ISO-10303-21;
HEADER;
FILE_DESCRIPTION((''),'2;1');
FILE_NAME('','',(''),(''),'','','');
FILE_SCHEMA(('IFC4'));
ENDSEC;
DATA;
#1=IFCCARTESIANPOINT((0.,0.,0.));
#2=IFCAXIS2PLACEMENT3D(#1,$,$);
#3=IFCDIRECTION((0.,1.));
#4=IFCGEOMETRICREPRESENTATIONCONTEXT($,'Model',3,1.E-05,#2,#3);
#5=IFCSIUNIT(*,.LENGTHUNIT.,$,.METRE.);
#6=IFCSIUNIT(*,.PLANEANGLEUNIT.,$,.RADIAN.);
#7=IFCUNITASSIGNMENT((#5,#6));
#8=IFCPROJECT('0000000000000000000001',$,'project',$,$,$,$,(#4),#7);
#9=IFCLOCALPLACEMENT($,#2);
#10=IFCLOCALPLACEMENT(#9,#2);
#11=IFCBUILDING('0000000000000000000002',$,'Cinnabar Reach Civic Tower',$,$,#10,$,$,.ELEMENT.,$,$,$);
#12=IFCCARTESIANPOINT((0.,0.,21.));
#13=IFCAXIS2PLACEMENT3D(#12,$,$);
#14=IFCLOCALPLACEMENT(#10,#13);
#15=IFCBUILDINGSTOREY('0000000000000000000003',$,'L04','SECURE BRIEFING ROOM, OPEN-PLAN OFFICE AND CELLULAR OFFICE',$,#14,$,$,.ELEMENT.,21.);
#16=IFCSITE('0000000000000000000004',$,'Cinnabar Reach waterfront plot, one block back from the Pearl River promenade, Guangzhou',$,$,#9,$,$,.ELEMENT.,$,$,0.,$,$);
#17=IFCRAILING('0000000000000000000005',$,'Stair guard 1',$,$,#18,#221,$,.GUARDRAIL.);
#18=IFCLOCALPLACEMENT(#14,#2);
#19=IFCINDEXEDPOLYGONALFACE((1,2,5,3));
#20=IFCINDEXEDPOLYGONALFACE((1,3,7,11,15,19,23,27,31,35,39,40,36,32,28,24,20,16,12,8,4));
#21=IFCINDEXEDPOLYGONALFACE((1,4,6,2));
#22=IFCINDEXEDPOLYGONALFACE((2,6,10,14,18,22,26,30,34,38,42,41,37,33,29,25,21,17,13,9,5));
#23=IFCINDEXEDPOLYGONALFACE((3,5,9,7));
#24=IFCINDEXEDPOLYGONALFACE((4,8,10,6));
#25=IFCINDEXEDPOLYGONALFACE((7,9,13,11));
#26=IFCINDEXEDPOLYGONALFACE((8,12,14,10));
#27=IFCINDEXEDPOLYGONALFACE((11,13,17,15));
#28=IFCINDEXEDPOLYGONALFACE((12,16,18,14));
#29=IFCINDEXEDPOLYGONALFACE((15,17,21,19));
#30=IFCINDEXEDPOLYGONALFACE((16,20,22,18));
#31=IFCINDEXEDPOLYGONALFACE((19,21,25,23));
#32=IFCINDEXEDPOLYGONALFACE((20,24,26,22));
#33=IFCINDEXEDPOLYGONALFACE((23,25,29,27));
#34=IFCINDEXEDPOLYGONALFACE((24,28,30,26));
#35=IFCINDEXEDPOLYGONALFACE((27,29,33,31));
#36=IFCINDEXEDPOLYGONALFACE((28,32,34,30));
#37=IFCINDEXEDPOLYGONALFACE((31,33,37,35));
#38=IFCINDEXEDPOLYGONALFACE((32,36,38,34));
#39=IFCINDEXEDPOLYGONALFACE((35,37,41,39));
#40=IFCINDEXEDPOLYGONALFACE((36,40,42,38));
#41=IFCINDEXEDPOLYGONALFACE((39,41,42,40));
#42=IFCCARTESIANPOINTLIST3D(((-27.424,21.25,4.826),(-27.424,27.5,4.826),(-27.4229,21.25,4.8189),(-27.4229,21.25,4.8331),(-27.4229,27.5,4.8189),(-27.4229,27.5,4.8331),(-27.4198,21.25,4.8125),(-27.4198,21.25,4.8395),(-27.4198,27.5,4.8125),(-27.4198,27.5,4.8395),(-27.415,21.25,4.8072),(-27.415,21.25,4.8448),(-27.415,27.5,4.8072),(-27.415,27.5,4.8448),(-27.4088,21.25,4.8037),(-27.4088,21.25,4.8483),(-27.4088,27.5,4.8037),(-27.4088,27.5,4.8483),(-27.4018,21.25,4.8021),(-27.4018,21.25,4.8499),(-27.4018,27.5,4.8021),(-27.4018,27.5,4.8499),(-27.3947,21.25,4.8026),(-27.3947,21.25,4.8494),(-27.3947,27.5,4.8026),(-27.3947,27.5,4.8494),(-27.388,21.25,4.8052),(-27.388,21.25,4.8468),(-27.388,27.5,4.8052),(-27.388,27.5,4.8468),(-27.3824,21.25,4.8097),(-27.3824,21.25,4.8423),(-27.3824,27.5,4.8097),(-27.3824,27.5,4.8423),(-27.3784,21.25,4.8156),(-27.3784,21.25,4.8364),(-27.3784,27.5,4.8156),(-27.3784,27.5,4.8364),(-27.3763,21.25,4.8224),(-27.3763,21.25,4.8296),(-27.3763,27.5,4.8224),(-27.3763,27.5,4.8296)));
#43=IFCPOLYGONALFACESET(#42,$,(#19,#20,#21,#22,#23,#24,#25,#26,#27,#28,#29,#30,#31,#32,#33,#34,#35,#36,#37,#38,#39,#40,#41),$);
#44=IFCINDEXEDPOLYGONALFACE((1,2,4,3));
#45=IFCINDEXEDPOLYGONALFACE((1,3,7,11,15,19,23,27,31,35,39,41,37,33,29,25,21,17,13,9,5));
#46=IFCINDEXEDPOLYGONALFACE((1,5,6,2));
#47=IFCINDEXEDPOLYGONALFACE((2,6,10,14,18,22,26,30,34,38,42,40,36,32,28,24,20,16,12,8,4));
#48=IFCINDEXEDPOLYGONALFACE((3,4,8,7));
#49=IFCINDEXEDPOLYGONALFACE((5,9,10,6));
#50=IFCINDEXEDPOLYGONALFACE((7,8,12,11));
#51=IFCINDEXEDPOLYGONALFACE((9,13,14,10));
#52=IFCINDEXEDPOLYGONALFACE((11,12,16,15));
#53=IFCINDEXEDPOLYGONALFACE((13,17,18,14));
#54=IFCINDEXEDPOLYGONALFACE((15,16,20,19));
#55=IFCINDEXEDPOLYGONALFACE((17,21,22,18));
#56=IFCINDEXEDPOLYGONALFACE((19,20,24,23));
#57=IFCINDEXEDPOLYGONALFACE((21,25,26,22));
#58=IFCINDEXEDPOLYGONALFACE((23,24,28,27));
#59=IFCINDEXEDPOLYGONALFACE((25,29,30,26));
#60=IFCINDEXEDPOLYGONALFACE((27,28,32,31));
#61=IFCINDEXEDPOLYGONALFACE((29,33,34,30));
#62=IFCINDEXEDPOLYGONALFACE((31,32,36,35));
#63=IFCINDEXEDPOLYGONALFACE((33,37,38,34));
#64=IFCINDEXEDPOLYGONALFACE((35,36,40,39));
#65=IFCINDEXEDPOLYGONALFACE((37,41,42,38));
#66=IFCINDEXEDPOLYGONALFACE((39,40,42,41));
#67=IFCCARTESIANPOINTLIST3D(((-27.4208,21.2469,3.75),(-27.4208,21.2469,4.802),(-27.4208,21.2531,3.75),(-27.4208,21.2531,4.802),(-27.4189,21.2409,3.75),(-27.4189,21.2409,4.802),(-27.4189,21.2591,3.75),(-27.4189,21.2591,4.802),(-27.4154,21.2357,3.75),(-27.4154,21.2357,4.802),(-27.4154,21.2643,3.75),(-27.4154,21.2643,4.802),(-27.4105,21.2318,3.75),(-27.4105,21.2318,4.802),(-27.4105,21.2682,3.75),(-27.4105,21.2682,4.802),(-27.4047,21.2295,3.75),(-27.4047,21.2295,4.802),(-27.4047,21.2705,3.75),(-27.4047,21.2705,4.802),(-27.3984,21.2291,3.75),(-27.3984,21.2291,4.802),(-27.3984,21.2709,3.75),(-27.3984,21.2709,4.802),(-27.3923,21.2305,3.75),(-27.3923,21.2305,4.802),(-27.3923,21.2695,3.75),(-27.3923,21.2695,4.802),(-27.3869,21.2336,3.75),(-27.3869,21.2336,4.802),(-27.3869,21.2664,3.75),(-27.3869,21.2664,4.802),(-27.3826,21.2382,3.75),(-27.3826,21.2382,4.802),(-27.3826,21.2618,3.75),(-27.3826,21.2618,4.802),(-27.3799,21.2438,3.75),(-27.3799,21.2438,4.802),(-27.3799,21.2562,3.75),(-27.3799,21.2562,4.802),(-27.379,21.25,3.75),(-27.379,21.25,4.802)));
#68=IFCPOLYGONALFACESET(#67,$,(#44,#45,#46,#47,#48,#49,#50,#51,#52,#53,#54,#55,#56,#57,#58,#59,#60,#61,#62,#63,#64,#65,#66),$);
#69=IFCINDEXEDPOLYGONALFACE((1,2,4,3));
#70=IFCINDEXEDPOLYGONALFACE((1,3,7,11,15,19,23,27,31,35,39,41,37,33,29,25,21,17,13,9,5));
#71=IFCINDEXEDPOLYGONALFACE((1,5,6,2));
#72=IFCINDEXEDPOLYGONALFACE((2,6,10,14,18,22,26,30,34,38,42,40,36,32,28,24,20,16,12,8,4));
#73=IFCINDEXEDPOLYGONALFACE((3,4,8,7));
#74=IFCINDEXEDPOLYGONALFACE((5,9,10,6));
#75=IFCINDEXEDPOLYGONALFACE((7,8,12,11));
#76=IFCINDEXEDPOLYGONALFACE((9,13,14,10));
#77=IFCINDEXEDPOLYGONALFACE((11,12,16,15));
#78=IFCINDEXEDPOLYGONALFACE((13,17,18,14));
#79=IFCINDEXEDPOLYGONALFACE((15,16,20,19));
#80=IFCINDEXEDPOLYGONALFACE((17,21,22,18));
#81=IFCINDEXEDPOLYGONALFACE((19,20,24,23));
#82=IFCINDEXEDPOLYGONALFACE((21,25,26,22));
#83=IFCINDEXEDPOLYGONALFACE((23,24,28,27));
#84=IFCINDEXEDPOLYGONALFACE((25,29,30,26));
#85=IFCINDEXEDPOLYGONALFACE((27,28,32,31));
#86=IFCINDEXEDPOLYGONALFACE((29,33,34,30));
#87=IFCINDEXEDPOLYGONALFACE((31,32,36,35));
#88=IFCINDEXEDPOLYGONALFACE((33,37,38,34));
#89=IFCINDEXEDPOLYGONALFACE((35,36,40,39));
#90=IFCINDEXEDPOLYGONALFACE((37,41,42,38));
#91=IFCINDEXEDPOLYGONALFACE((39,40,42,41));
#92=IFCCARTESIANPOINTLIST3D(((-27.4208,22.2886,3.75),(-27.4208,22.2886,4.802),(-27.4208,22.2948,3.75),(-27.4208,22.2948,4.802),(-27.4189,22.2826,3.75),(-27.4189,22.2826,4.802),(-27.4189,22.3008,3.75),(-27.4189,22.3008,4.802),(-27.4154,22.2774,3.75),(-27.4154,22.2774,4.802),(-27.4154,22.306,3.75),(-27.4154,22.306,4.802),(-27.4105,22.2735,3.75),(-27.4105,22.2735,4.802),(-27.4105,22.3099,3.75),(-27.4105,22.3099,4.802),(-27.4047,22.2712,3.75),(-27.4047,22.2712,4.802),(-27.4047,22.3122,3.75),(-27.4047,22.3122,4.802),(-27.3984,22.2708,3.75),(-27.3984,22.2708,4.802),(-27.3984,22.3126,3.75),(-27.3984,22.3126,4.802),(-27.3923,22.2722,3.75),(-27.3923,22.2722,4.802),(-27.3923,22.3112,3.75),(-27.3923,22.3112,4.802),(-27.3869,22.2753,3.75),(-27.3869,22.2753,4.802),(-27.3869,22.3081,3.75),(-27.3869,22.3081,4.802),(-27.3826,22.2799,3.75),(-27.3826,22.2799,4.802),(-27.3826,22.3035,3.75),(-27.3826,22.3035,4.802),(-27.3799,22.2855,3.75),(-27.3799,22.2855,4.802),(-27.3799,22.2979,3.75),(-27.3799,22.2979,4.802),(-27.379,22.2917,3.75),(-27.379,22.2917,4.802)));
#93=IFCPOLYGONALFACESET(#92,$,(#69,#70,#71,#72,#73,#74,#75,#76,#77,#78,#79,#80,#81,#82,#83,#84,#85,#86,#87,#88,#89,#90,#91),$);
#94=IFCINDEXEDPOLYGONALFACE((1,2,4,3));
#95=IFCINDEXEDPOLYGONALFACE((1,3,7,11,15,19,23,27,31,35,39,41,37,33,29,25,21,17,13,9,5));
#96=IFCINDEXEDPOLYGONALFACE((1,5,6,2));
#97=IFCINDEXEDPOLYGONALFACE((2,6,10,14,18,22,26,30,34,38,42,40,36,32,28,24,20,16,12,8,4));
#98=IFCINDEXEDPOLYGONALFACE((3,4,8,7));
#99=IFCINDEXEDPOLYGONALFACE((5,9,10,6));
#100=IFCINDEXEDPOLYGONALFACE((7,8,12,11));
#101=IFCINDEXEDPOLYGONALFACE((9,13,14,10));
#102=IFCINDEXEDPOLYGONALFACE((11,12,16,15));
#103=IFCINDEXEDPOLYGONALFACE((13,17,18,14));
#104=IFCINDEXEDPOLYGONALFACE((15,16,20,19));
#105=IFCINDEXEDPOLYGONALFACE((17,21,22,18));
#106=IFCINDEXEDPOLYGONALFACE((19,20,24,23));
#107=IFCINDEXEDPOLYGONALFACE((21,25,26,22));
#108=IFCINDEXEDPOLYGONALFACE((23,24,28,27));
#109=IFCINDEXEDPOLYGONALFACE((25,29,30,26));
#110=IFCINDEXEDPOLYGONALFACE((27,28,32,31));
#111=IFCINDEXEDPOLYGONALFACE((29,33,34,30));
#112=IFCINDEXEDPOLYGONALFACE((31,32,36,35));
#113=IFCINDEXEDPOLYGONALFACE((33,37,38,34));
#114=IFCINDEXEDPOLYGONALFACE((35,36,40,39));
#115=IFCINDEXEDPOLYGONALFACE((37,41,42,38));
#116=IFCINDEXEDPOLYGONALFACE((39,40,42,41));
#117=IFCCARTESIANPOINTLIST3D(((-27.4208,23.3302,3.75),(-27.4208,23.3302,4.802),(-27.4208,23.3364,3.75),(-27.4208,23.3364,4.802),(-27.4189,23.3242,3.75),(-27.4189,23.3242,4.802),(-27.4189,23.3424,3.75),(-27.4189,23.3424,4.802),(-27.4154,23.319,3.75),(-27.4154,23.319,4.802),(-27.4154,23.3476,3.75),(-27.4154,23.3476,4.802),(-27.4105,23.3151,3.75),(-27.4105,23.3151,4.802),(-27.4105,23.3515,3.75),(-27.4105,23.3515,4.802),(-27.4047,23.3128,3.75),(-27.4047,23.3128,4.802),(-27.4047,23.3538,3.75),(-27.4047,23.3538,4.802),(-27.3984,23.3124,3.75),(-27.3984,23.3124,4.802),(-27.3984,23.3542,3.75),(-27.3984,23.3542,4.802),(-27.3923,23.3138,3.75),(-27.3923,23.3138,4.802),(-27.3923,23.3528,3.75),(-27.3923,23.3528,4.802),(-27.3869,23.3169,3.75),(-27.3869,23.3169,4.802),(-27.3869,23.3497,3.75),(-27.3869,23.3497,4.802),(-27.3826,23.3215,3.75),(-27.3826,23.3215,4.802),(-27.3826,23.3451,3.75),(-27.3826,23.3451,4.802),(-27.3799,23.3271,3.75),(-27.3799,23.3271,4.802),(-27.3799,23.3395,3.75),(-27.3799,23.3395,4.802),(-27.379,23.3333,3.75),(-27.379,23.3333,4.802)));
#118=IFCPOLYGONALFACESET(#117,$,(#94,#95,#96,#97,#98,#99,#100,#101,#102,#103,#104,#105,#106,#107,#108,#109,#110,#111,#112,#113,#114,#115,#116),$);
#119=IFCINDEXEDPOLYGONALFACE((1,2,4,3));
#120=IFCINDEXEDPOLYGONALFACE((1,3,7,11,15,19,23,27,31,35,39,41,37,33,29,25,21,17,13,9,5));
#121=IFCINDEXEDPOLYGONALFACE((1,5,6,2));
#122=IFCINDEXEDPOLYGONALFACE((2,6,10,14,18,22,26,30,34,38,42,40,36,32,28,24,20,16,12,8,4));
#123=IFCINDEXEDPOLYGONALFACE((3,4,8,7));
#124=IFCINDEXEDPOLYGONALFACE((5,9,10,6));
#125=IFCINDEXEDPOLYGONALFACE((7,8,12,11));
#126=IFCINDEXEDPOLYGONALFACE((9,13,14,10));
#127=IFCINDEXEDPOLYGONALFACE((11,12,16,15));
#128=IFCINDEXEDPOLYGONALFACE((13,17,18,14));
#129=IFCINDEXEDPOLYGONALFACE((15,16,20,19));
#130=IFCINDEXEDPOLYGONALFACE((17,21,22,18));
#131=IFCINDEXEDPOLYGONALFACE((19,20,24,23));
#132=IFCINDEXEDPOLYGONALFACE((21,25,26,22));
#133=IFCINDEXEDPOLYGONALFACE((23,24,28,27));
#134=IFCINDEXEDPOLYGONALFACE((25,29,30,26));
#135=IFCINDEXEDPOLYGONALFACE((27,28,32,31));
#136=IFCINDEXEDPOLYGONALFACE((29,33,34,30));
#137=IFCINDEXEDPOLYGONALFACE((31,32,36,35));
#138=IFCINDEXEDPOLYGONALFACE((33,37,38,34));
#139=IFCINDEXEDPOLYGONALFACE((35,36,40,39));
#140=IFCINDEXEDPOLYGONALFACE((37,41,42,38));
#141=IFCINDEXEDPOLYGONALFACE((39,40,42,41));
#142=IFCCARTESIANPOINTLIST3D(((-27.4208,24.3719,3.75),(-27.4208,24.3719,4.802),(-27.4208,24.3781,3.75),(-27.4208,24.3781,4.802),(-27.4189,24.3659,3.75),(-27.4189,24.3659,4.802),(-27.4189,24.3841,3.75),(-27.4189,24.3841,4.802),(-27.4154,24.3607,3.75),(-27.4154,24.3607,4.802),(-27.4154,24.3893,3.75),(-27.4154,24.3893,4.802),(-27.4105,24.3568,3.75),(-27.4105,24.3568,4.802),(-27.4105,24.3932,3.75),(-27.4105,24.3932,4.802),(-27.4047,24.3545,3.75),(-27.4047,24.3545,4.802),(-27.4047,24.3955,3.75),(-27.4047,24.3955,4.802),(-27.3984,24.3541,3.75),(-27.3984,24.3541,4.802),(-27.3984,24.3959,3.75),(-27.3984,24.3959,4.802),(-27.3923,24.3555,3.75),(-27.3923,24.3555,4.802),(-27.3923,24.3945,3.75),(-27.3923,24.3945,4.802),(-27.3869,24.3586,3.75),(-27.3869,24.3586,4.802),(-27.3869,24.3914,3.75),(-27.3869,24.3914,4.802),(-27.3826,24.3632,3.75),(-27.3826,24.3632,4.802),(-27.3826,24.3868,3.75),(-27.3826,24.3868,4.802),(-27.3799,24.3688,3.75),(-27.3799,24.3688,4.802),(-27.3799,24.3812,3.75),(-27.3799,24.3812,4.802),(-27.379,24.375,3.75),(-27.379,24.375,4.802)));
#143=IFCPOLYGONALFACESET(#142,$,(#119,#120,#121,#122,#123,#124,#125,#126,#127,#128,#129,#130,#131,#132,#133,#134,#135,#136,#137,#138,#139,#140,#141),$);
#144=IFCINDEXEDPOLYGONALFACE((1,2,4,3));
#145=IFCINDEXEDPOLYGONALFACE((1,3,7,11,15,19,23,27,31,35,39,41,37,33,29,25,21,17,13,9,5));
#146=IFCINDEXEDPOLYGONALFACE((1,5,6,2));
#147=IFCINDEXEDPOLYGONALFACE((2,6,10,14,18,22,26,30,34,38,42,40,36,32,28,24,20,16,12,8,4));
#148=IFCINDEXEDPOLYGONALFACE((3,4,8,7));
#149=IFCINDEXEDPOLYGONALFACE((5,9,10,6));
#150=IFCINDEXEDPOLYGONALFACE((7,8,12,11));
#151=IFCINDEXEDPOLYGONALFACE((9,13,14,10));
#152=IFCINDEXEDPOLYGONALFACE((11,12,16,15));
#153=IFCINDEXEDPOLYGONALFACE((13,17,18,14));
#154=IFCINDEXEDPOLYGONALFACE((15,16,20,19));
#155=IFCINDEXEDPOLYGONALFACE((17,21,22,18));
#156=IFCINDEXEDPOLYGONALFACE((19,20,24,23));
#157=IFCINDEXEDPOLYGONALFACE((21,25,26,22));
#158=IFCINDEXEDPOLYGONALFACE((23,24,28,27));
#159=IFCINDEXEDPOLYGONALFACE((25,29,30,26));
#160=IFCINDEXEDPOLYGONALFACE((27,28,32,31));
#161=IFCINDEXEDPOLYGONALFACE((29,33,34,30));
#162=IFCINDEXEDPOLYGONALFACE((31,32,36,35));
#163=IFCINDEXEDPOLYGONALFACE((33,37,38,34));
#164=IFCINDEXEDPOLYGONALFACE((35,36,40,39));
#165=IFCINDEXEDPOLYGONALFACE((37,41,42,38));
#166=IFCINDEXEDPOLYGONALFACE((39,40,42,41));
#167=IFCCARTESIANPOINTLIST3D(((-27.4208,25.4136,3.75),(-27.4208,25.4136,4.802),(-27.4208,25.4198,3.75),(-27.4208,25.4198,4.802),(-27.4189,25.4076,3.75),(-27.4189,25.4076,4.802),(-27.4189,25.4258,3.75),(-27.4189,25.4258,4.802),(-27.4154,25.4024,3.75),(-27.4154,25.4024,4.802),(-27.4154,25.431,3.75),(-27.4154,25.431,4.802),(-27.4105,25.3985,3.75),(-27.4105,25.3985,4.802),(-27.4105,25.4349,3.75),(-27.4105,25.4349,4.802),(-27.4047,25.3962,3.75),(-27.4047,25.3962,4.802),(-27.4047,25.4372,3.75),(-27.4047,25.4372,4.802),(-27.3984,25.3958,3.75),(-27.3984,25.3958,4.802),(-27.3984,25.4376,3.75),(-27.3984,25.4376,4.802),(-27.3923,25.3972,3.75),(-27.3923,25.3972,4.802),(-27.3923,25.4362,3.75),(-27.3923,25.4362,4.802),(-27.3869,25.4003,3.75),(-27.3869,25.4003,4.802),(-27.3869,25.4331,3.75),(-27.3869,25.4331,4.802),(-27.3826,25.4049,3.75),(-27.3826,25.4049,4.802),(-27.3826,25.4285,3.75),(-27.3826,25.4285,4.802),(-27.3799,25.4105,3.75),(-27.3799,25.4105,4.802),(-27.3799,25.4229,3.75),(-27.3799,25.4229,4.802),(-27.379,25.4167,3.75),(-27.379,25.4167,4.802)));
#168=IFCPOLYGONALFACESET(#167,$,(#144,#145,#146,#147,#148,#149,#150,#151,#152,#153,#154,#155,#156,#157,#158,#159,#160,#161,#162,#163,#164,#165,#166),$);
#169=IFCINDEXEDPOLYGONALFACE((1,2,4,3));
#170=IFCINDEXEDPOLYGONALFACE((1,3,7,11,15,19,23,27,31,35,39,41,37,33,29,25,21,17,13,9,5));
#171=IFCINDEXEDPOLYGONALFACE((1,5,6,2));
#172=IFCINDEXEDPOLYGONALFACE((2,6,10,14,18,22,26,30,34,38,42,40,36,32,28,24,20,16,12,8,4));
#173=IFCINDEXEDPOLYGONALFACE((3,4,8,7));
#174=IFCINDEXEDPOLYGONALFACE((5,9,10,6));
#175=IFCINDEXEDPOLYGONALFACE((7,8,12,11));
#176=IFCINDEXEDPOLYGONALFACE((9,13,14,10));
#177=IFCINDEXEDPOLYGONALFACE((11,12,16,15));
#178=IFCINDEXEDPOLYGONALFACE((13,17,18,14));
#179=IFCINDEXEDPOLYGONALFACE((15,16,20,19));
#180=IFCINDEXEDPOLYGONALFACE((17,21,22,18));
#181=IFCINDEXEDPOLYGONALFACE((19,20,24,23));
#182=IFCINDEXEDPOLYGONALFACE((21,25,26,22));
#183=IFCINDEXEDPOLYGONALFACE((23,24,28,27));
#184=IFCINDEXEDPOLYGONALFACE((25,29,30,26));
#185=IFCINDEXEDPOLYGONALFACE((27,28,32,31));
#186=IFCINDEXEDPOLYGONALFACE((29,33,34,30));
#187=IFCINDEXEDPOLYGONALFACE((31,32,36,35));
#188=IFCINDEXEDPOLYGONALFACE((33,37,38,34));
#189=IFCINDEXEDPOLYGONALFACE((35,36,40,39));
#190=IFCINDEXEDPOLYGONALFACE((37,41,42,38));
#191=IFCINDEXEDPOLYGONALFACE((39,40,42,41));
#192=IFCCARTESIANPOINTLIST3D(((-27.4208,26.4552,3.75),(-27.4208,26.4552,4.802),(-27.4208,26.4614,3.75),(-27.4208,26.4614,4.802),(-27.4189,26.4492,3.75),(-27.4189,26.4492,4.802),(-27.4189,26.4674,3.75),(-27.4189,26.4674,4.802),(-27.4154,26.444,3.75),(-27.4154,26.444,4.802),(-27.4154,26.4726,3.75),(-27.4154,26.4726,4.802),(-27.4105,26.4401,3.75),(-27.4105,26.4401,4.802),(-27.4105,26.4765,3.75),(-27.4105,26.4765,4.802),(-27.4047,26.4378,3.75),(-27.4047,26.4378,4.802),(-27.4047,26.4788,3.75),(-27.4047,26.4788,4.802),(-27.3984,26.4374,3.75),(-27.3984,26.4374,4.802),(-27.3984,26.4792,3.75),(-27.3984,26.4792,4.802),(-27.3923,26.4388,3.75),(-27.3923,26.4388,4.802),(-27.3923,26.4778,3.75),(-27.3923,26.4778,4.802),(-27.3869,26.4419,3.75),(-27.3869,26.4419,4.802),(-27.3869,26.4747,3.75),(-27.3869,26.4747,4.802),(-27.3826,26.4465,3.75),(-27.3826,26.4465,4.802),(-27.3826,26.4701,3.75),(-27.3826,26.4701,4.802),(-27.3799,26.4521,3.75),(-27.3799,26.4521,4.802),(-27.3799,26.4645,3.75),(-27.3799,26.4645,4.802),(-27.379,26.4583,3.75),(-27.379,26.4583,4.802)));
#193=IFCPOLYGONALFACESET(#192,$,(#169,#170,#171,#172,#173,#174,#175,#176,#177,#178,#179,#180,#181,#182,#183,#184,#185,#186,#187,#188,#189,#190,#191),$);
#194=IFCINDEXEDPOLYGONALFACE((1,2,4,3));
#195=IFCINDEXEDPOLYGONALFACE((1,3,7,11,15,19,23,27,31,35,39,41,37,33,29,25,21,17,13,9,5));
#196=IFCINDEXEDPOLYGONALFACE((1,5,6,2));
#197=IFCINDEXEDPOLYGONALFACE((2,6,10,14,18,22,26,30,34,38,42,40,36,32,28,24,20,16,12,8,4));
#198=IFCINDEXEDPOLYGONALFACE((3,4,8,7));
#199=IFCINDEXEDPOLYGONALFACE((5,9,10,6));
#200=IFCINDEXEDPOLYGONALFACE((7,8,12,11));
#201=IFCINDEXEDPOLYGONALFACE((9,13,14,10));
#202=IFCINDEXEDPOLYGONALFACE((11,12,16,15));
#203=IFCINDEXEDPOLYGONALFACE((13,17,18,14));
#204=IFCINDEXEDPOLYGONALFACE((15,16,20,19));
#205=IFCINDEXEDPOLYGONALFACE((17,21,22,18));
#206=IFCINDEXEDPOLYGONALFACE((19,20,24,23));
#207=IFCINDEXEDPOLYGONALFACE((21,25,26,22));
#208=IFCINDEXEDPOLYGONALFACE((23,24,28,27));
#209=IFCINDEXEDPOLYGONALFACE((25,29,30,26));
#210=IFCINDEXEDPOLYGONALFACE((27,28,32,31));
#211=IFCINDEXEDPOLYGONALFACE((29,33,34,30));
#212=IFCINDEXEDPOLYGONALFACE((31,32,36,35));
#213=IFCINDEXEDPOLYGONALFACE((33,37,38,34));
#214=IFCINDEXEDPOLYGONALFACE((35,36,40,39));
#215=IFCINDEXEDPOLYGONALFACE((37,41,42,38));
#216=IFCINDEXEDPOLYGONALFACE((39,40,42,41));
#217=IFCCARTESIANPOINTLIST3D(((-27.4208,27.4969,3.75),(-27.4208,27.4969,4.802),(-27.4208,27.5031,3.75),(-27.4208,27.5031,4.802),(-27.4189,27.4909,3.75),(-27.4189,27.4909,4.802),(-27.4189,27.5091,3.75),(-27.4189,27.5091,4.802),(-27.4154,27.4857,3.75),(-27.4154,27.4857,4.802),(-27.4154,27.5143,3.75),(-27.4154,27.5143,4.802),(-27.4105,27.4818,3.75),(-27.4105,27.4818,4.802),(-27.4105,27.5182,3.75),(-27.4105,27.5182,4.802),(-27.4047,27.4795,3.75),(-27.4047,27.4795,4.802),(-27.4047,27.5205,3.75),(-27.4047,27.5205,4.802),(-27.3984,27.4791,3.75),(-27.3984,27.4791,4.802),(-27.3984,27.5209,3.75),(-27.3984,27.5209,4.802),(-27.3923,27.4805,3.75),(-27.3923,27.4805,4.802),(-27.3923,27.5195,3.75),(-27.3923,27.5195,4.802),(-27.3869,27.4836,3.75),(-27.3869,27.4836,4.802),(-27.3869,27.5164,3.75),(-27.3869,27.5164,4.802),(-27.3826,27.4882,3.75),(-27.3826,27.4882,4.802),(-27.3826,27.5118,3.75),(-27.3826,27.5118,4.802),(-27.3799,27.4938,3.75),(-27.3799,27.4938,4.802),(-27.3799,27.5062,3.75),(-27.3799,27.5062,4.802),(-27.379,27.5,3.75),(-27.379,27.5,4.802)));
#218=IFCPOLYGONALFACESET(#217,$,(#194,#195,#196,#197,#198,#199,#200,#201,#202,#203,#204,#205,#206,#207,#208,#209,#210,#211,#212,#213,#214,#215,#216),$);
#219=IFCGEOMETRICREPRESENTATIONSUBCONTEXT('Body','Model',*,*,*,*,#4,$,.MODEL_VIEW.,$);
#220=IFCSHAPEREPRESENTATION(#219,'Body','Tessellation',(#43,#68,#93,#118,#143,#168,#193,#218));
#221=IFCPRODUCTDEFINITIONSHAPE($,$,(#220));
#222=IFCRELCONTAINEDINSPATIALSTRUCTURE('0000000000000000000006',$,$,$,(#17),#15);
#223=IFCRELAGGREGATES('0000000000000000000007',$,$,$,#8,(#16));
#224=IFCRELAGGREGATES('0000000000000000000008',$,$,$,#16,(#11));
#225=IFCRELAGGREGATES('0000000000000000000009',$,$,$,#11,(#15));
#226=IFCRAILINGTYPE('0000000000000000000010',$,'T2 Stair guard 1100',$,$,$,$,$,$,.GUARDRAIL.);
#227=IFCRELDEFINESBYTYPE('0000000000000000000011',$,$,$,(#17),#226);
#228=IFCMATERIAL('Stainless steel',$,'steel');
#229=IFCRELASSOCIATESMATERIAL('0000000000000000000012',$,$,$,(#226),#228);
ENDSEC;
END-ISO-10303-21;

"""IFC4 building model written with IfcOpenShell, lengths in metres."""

from ifc_helpers import new_model, si_unit, direction, frame, origin, origin_2d, place, context, subcontext, project, spatial, circle, extrude, material, type_object, element, save


model = new_model("IFC4")

# Units and contexts
model_context = context("Model", 3, precision=1e-05, world=origin(), true_north=direction((0.0, 1.0)))
body_context = subcontext(model_context, "Body", "Model", "MODEL_VIEW")
ifc_project = project(units=[si_unit("LENGTHUNIT", "METRE"), si_unit("PLANEANGLEUNIT", "RADIAN")], contexts=[model_context])

# Site, building, storey
site_placement = place(None, origin())
site = spatial("IfcSite", under=ifc_project, at=site_placement, Name="Cinnabar Reach waterfront plot, one block back from the Pearl River promenade, Guangzhou", CompositionType="ELEMENT", RefElevation=0.0)
building_placement = place(site_placement, origin())
building = spatial("IfcBuilding", under=site, at=building_placement, Name="Cinnabar Reach Civic Tower", CompositionType="ELEMENT")
storey_placement = place(building_placement, frame((0.0, 0.0, 21.0)))
storey = spatial("IfcBuildingStorey", under=building, at=storey_placement, Name="L04", Description="SECURE BRIEFING ROOM, OPEN-PLAN OFFICE AND CELLULAR OFFICE", CompositionType="ELEMENT", Elevation=21.0)

# Railing
ifc_material_1 = material(Name="Stainless steel", Category="steel")
railing_type = type_object("IfcRailingType", Name="T2 Stair guard 1100", PredefinedType="GUARDRAIL", material=ifc_material_1)
for number, where, name in (
    (1, (-27.4, 21.25, 3.75), "Stair guard 1"),
):
    element("IfcRailing", number, at=place(storey_placement, frame(where)), inside=storey, type_object=railing_type, Name=name, PredefinedType="GUARDRAIL", context=body_context, shape_type="SweptSolid", body=[
        extrude(circle(Radius=0.024, at=origin_2d()), frame((0.0, 0.0, 1.076), z_axis=(0.0, 1.0, 0.0), x_axis=(-1.0, 0.0, 0.0)), (0.0, 0.0, 1.0), 6.25),
        extrude(circle(Radius=0.021, at=origin_2d()), origin(), (0.0, 0.0, 1.0), 1.052),
        extrude(circle(Radius=0.021, at=origin_2d()), frame((0.0, 1.0417, 0.0)), (0.0, 0.0, 1.0), 1.052),
        extrude(circle(Radius=0.021, at=origin_2d()), frame((0.0, 2.0833, 0.0)), (0.0, 0.0, 1.0), 1.052),
        extrude(circle(Radius=0.021, at=origin_2d()), frame((0.0, 3.125, 0.0)), (0.0, 0.0, 1.0), 1.052),
        extrude(circle(Radius=0.021, at=origin_2d()), frame((0.0, 4.1667, 0.0)), (0.0, 0.0, 1.0), 1.052),
        extrude(circle(Radius=0.021, at=origin_2d()), frame((0.0, 5.2083, 0.0)), (0.0, 0.0, 1.0), 1.052),
        extrude(circle(Radius=0.021, at=origin_2d()), frame((0.0, 6.25, 0.0)), (0.0, 0.0, 1.0), 1.052),
    ])

save(model, "model.ifc")
